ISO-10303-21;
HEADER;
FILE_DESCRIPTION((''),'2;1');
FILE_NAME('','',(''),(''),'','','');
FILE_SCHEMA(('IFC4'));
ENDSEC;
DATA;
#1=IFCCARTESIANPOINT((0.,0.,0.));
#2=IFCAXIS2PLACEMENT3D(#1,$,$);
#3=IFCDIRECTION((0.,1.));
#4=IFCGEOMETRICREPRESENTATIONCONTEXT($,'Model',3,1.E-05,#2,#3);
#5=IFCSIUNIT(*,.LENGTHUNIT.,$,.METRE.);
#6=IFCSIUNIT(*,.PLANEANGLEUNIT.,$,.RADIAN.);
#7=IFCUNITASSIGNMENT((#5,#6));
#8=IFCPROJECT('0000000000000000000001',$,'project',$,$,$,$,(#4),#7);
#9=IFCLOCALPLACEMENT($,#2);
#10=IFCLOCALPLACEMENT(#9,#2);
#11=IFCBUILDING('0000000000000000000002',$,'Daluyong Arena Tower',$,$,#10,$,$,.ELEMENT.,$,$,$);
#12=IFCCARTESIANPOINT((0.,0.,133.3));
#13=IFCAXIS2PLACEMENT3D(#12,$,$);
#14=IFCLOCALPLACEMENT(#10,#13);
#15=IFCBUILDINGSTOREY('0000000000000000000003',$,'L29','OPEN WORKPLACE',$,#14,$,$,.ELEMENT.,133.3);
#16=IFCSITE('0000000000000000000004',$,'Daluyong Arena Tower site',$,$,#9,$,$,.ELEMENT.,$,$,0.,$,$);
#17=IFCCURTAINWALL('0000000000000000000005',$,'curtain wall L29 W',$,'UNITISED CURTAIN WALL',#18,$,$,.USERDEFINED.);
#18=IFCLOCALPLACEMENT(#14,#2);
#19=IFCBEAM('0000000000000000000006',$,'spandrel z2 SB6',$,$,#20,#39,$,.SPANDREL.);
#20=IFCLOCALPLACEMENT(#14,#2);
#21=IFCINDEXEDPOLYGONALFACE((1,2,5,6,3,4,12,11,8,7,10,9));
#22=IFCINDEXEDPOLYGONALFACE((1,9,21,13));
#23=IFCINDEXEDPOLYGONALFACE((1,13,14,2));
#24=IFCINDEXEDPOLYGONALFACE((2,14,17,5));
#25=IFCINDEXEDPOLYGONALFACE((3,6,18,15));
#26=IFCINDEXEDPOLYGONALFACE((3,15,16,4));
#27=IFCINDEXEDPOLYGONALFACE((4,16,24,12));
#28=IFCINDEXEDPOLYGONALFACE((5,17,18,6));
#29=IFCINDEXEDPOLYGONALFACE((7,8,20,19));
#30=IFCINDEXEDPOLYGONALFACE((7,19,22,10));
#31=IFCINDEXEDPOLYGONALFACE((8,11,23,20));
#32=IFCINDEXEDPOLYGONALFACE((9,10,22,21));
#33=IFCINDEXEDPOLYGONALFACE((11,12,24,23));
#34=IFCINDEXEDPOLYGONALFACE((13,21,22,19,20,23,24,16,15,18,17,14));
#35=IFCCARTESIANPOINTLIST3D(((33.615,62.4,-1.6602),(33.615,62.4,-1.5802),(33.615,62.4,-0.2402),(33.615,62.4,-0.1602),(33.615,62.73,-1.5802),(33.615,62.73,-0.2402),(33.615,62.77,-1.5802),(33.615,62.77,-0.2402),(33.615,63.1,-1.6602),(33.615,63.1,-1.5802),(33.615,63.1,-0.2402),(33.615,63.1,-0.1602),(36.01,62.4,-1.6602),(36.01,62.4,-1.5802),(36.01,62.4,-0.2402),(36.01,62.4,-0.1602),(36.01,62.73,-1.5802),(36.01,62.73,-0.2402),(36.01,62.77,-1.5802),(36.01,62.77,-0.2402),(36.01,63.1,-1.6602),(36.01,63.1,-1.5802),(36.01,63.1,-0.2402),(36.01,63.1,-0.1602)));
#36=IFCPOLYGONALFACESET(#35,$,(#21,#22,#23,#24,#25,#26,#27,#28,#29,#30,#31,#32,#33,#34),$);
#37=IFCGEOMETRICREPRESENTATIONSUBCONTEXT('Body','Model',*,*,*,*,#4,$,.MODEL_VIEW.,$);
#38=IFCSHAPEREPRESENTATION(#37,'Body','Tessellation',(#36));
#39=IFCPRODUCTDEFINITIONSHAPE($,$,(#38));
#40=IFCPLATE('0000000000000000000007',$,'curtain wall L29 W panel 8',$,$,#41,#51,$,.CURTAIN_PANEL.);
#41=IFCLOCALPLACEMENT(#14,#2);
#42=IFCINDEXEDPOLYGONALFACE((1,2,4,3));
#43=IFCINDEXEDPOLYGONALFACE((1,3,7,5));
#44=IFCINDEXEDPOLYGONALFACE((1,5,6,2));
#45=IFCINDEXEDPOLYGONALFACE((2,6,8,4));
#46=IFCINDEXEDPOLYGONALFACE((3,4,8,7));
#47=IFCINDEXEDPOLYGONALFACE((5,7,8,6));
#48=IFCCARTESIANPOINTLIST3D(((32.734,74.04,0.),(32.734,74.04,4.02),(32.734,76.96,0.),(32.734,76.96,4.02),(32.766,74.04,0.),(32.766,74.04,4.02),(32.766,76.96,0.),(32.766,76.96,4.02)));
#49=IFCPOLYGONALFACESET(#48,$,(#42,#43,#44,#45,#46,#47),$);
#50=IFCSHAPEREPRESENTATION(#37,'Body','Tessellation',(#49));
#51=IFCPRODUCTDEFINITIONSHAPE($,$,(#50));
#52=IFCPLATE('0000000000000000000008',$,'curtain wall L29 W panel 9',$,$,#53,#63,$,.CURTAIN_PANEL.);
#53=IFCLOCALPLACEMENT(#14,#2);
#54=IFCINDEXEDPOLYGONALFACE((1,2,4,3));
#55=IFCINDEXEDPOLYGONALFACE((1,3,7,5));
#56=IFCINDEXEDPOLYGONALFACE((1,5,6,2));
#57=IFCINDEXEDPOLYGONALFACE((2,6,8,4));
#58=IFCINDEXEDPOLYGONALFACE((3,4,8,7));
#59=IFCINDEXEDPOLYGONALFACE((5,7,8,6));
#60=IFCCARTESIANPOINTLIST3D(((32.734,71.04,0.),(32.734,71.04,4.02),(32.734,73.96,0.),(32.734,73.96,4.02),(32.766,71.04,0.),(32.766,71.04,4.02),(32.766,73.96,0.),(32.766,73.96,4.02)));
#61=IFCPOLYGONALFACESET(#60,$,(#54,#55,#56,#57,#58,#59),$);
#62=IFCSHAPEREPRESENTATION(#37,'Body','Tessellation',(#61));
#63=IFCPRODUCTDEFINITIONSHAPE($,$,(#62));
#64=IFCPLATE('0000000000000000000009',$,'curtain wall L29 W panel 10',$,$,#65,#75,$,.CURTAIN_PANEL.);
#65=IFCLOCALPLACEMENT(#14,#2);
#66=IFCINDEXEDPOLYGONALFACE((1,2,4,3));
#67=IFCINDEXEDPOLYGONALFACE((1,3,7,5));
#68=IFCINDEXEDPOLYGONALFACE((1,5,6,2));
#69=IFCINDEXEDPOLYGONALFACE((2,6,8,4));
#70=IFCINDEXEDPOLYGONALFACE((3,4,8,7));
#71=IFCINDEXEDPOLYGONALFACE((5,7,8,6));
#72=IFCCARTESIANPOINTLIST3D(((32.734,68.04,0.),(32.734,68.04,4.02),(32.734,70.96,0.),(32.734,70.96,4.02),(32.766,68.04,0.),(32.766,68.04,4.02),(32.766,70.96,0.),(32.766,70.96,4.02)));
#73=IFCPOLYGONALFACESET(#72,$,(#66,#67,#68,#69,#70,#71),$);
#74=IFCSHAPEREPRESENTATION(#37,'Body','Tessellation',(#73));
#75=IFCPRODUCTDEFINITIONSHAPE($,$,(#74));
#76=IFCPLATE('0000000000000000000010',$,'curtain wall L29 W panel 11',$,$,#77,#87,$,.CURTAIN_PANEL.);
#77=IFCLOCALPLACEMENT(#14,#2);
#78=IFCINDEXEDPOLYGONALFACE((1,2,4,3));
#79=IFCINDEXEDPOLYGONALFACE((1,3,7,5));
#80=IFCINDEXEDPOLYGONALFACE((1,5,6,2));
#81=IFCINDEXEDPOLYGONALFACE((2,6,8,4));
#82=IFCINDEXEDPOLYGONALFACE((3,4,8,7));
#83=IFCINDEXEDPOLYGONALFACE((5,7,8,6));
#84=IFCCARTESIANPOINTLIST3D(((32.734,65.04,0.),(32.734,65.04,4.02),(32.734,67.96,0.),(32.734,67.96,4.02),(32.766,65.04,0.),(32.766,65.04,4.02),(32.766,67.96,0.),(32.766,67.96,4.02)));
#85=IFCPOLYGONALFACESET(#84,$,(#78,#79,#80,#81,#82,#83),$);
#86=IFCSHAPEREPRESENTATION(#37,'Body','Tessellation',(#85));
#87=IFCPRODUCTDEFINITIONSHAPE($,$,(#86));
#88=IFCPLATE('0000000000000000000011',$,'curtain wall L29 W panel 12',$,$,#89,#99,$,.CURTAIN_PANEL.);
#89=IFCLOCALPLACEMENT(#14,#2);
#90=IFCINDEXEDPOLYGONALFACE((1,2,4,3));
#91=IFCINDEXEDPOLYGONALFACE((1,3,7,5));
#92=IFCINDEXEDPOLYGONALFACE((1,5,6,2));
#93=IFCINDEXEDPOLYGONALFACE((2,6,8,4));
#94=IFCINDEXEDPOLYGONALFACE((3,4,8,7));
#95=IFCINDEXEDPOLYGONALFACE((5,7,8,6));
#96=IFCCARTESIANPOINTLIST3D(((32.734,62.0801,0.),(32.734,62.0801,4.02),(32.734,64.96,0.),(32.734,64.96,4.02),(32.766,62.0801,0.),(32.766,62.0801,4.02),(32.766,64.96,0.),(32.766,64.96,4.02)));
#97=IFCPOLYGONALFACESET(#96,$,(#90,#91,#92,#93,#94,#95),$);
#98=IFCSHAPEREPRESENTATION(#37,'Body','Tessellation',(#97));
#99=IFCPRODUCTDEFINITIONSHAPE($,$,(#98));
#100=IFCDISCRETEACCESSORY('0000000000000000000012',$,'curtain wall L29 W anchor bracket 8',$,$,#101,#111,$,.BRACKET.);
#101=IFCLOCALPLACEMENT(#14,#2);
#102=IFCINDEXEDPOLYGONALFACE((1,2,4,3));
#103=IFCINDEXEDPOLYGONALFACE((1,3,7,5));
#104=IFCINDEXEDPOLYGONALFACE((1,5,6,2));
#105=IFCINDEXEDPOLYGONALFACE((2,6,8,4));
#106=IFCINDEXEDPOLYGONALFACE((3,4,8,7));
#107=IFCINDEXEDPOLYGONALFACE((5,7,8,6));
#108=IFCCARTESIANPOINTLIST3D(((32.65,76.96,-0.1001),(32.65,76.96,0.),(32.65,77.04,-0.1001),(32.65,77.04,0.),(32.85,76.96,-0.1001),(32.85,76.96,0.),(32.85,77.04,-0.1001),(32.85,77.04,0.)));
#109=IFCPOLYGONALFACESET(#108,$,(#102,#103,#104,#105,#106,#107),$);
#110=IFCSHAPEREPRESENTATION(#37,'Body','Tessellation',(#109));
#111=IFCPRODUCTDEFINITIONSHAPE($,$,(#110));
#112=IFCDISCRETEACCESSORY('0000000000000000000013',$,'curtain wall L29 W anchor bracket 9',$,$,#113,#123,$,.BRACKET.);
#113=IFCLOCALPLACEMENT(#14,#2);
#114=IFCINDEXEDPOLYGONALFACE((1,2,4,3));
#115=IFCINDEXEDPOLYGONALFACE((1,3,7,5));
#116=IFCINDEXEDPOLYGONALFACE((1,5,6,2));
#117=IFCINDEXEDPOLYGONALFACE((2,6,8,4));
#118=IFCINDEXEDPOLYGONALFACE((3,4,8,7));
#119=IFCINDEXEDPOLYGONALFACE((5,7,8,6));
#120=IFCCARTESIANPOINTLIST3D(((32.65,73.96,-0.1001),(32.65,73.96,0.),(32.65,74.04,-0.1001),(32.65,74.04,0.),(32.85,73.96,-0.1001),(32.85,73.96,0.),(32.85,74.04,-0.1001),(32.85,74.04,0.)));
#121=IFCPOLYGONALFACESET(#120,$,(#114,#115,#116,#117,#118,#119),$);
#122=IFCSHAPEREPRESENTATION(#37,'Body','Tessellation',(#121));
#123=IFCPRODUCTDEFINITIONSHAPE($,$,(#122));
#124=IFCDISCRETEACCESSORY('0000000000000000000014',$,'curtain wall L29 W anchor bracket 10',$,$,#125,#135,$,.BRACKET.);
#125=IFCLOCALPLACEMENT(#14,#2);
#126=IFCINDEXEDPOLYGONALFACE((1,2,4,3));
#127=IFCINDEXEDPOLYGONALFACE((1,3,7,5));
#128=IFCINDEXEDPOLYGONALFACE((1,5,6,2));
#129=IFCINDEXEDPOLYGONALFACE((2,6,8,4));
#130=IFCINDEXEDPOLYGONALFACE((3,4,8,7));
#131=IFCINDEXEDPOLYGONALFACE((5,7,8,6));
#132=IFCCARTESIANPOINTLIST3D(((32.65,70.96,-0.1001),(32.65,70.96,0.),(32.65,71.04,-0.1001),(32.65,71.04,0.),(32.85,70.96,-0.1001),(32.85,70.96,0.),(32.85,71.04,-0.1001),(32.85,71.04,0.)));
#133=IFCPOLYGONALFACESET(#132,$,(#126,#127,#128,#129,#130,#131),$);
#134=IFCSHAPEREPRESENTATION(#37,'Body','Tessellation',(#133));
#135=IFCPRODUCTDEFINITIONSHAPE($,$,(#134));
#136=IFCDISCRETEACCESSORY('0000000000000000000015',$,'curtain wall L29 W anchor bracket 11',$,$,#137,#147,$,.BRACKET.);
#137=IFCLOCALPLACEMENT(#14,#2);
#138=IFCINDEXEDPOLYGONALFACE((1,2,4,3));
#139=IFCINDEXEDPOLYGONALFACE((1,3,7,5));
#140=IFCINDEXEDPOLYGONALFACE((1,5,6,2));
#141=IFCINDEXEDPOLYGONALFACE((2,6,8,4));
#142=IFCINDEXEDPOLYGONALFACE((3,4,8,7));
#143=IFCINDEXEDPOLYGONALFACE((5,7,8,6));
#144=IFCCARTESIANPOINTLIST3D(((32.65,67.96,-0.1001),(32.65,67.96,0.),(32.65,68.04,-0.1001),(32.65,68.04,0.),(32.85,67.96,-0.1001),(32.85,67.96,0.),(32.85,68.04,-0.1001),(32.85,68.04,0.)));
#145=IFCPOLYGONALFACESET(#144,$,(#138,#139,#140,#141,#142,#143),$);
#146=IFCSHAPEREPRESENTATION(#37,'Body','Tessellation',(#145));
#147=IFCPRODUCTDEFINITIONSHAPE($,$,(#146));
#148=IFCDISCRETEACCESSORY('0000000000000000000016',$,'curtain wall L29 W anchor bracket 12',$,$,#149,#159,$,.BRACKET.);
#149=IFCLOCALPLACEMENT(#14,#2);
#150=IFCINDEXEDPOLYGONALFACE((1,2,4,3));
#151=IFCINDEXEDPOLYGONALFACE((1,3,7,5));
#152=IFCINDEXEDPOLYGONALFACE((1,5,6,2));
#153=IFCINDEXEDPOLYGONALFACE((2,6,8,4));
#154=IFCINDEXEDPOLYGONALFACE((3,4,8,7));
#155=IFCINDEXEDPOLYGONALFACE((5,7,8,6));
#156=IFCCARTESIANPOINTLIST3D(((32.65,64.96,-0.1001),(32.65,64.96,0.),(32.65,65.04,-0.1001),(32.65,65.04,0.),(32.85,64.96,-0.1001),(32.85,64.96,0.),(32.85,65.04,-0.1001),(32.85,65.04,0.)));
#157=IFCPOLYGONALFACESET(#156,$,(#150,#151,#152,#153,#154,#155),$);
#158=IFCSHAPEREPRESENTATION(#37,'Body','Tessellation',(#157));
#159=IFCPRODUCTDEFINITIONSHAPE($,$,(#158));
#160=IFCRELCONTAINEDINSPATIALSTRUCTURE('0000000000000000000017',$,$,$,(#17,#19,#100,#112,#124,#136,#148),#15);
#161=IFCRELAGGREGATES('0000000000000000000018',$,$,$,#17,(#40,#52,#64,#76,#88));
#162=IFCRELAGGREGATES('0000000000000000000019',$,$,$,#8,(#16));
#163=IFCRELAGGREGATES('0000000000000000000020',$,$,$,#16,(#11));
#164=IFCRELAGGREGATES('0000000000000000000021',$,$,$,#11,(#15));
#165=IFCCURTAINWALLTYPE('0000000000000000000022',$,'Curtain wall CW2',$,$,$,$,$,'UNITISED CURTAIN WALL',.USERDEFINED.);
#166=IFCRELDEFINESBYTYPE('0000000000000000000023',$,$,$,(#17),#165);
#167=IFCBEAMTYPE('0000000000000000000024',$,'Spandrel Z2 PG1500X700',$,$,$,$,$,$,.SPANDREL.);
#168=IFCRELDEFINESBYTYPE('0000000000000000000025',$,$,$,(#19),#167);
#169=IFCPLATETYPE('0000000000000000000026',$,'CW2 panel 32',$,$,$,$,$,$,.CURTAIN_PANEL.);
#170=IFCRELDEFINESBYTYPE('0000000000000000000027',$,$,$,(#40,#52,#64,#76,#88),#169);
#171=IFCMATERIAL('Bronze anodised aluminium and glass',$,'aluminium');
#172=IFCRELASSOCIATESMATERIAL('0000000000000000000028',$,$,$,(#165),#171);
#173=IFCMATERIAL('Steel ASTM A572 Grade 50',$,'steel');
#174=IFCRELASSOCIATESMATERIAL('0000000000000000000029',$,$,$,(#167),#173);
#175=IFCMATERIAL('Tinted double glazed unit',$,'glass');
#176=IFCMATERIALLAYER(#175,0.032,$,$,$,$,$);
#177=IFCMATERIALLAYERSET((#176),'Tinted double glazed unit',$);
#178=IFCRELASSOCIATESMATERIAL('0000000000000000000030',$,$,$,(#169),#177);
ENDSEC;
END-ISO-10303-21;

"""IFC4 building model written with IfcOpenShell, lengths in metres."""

from ifc_helpers import new_model, si_unit, direction, frame, origin, origin_2d, place, context, subcontext, project, spatial, rectangle, i_section, extrude, material, layer, layer_set, material_profile, profile_set, type_object, element, aggregate, save


model = new_model("IFC4")

# Units and contexts
model_context = context("Model", 3, precision=1e-05, world=origin(), true_north=direction((0.0, 1.0)))
body_context = subcontext(model_context, "Body", "Model", "MODEL_VIEW")
ifc_project = project(units=[si_unit("LENGTHUNIT", "METRE"), si_unit("PLANEANGLEUNIT", "RADIAN")], contexts=[model_context])

# Site, building, storey
site_placement = place(None, origin())
site = spatial("IfcSite", under=ifc_project, at=site_placement, Name="Daluyong Arena Tower site", CompositionType="ELEMENT", RefElevation=0.0)
building_placement = place(site_placement, origin())
building = spatial("IfcBuilding", under=site, at=building_placement, Name="Daluyong Arena Tower", CompositionType="ELEMENT")
storey_placement = place(building_placement, frame((0.0, 0.0, 133.3)))
storey = spatial("IfcBuildingStorey", under=building, at=storey_placement, Name="L29", Description="OPEN WORKPLACE", CompositionType="ELEMENT", Elevation=133.3)

# Curtain wall
ifc_material_1 = material(Name="Bronze anodised aluminium and glass", Category="aluminium")
curtain_wall_type_1 = type_object("IfcCurtainWallType", Name="Curtain wall CW2", ElementType="UNITISED CURTAIN WALL", PredefinedType="USERDEFINED", material=ifc_material_1)
curtain_wall_1_placement = place(storey_placement, origin())
curtain_wall_1 = element("IfcCurtainWall", 1, at=curtain_wall_1_placement, inside=storey, type_object=curtain_wall_type_1, Name="curtain wall L29 W", ObjectType="UNITISED CURTAIN WALL", PredefinedType="USERDEFINED")

# Beam
ifc_material_2 = material(Name="Steel ASTM A572 Grade 50", Category="steel")
ifc_material_profile_1 = material_profile(ifc_material_2, i_section(OverallWidth=0.7, OverallDepth=1.5, WebThickness=0.04, FlangeThickness=0.08, at=origin_2d()))
ifc_profile_set_1 = profile_set([ifc_material_profile_1], Name="Steel ASTM A572 Grade 50")
beam_type_1 = type_object("IfcBeamType", Name="Spandrel Z2 PG1500X700", PredefinedType="SPANDREL", material=ifc_profile_set_1)
beam_1_placement = place(storey_placement, frame((33.615, 62.75, -0.9102), z_axis=(1.0, 0.0, 0.0), x_axis=(0.0, 1.0, 0.0)))
element("IfcBeam", 2, at=beam_1_placement, inside=storey, type_object=beam_type_1, Name="spandrel z2 SB6", PredefinedType="SPANDREL", context=body_context, shape_type="SweptSolid", body=[
    extrude(i_section(OverallWidth=0.7, OverallDepth=1.5, WebThickness=0.04, FlangeThickness=0.08, at=origin_2d()), origin(), (0.0, 0.0, 1.0), 2.395),
])

# Plates
ifc_material_3 = material(Name="Tinted double glazed unit", Category="glass")
ifc_layer = layer(ifc_material_3, 0.032)
ifc_layer_set = layer_set([ifc_layer], Name="Tinted double glazed unit")
plate_type = type_object("IfcPlateType", Name="CW2 panel 32", PredefinedType="CURTAIN_PANEL", material=ifc_layer_set)
plate_1_placement = place(storey_placement, frame((32.75, 75.5, 0.0), z_axis=(0.0, 0.0, 1.0), x_axis=(0.0, -1.0, 0.0)))
plate_1 = element("IfcPlate", 3, at=plate_1_placement, type_object=plate_type, Name="curtain wall L29 W panel 8", PredefinedType="CURTAIN_PANEL", context=body_context, shape_type="SweptSolid", body=[
    extrude(rectangle(XDim=2.9199, YDim=0.032, at=origin_2d()), origin(), (0.0, 0.0, 1.0), 4.02),
])
plate_2_placement = place(storey_placement, frame((32.75, 72.5, 0.0), z_axis=(0.0, 0.0, 1.0), x_axis=(0.0, -1.0, 0.0)))
plate_2 = element("IfcPlate", 4, at=plate_2_placement, type_object=plate_type, Name="curtain wall L29 W panel 9", PredefinedType="CURTAIN_PANEL", context=body_context, shape_type="SweptSolid", body=[
    extrude(rectangle(XDim=2.9199, YDim=0.032, at=origin_2d()), origin(), (0.0, 0.0, 1.0), 4.02),
])
plate_3_placement = place(storey_placement, frame((32.75, 69.5, 0.0), z_axis=(0.0, 0.0, 1.0), x_axis=(0.0, -1.0, 0.0)))
plate_3 = element("IfcPlate", 5, at=plate_3_placement, type_object=plate_type, Name="curtain wall L29 W panel 10", PredefinedType="CURTAIN_PANEL", context=body_context, shape_type="SweptSolid", body=[
    extrude(rectangle(XDim=2.9199, YDim=0.032, at=origin_2d()), origin(), (0.0, 0.0, 1.0), 4.02),
])
plate_4_placement = place(storey_placement, frame((32.75, 66.5, 0.0), z_axis=(0.0, 0.0, 1.0), x_axis=(0.0, -1.0, 0.0)))
plate_4 = element("IfcPlate", 6, at=plate_4_placement, type_object=plate_type, Name="curtain wall L29 W panel 11", PredefinedType="CURTAIN_PANEL", context=body_context, shape_type="SweptSolid", body=[
    extrude(rectangle(XDim=2.9199, YDim=0.032, at=origin_2d()), origin(), (0.0, 0.0, 1.0), 4.02),
])
plate_5_placement = place(storey_placement, frame((32.75, 63.52, 0.0), z_axis=(0.0, 0.0, 1.0), x_axis=(0.0, -1.0, 0.0)))
plate_5 = element("IfcPlate", 7, at=plate_5_placement, type_object=plate_type, Name="curtain wall L29 W panel 12", PredefinedType="CURTAIN_PANEL", context=body_context, shape_type="SweptSolid", body=[
    extrude(rectangle(XDim=2.8799, YDim=0.032, at=origin_2d()), origin(), (0.0, 0.0, 1.0), 4.02),
])
aggregate(curtain_wall_1, [plate_1, plate_2, plate_3, plate_4, plate_5])

# Discrete accessories
for number, where, z_axis, x_axis, name in (
    (8, (32.75, 77.0, -0.1001), (0.0, 0.0, 1.0), (0.0, -1.0, 0.0), "curtain wall L29 W anchor bracket 8"),
    (9, (32.75, 74.0, -0.1001), (0.0, 0.0, 1.0), (0.0, -1.0, 0.0), "curtain wall L29 W anchor bracket 9"),
    (10, (32.75, 71.0, -0.1001), (0.0, 0.0, 1.0), (0.0, -1.0, 0.0), "curtain wall L29 W anchor bracket 10"),
    (11, (32.75, 68.0, -0.1001), (0.0, 0.0, 1.0), (0.0, -1.0, 0.0), "curtain wall L29 W anchor bracket 11"),
    (12, (32.75, 65.0, -0.1001), (0.0, 0.0, 1.0), (0.0, -1.0, 0.0), "curtain wall L29 W anchor bracket 12"),
):
    element("IfcDiscreteAccessory", number, at=place(storey_placement, frame(where, z_axis=z_axis, x_axis=x_axis)), inside=storey, Name=name, PredefinedType="BRACKET", context=body_context, shape_type="SweptSolid", body=[
        extrude(rectangle(XDim=0.0801, YDim=0.2, at=origin_2d()), origin(), (0.0, 0.0, 1.0), 0.1001),
    ])

save(model, "model.ifc")
